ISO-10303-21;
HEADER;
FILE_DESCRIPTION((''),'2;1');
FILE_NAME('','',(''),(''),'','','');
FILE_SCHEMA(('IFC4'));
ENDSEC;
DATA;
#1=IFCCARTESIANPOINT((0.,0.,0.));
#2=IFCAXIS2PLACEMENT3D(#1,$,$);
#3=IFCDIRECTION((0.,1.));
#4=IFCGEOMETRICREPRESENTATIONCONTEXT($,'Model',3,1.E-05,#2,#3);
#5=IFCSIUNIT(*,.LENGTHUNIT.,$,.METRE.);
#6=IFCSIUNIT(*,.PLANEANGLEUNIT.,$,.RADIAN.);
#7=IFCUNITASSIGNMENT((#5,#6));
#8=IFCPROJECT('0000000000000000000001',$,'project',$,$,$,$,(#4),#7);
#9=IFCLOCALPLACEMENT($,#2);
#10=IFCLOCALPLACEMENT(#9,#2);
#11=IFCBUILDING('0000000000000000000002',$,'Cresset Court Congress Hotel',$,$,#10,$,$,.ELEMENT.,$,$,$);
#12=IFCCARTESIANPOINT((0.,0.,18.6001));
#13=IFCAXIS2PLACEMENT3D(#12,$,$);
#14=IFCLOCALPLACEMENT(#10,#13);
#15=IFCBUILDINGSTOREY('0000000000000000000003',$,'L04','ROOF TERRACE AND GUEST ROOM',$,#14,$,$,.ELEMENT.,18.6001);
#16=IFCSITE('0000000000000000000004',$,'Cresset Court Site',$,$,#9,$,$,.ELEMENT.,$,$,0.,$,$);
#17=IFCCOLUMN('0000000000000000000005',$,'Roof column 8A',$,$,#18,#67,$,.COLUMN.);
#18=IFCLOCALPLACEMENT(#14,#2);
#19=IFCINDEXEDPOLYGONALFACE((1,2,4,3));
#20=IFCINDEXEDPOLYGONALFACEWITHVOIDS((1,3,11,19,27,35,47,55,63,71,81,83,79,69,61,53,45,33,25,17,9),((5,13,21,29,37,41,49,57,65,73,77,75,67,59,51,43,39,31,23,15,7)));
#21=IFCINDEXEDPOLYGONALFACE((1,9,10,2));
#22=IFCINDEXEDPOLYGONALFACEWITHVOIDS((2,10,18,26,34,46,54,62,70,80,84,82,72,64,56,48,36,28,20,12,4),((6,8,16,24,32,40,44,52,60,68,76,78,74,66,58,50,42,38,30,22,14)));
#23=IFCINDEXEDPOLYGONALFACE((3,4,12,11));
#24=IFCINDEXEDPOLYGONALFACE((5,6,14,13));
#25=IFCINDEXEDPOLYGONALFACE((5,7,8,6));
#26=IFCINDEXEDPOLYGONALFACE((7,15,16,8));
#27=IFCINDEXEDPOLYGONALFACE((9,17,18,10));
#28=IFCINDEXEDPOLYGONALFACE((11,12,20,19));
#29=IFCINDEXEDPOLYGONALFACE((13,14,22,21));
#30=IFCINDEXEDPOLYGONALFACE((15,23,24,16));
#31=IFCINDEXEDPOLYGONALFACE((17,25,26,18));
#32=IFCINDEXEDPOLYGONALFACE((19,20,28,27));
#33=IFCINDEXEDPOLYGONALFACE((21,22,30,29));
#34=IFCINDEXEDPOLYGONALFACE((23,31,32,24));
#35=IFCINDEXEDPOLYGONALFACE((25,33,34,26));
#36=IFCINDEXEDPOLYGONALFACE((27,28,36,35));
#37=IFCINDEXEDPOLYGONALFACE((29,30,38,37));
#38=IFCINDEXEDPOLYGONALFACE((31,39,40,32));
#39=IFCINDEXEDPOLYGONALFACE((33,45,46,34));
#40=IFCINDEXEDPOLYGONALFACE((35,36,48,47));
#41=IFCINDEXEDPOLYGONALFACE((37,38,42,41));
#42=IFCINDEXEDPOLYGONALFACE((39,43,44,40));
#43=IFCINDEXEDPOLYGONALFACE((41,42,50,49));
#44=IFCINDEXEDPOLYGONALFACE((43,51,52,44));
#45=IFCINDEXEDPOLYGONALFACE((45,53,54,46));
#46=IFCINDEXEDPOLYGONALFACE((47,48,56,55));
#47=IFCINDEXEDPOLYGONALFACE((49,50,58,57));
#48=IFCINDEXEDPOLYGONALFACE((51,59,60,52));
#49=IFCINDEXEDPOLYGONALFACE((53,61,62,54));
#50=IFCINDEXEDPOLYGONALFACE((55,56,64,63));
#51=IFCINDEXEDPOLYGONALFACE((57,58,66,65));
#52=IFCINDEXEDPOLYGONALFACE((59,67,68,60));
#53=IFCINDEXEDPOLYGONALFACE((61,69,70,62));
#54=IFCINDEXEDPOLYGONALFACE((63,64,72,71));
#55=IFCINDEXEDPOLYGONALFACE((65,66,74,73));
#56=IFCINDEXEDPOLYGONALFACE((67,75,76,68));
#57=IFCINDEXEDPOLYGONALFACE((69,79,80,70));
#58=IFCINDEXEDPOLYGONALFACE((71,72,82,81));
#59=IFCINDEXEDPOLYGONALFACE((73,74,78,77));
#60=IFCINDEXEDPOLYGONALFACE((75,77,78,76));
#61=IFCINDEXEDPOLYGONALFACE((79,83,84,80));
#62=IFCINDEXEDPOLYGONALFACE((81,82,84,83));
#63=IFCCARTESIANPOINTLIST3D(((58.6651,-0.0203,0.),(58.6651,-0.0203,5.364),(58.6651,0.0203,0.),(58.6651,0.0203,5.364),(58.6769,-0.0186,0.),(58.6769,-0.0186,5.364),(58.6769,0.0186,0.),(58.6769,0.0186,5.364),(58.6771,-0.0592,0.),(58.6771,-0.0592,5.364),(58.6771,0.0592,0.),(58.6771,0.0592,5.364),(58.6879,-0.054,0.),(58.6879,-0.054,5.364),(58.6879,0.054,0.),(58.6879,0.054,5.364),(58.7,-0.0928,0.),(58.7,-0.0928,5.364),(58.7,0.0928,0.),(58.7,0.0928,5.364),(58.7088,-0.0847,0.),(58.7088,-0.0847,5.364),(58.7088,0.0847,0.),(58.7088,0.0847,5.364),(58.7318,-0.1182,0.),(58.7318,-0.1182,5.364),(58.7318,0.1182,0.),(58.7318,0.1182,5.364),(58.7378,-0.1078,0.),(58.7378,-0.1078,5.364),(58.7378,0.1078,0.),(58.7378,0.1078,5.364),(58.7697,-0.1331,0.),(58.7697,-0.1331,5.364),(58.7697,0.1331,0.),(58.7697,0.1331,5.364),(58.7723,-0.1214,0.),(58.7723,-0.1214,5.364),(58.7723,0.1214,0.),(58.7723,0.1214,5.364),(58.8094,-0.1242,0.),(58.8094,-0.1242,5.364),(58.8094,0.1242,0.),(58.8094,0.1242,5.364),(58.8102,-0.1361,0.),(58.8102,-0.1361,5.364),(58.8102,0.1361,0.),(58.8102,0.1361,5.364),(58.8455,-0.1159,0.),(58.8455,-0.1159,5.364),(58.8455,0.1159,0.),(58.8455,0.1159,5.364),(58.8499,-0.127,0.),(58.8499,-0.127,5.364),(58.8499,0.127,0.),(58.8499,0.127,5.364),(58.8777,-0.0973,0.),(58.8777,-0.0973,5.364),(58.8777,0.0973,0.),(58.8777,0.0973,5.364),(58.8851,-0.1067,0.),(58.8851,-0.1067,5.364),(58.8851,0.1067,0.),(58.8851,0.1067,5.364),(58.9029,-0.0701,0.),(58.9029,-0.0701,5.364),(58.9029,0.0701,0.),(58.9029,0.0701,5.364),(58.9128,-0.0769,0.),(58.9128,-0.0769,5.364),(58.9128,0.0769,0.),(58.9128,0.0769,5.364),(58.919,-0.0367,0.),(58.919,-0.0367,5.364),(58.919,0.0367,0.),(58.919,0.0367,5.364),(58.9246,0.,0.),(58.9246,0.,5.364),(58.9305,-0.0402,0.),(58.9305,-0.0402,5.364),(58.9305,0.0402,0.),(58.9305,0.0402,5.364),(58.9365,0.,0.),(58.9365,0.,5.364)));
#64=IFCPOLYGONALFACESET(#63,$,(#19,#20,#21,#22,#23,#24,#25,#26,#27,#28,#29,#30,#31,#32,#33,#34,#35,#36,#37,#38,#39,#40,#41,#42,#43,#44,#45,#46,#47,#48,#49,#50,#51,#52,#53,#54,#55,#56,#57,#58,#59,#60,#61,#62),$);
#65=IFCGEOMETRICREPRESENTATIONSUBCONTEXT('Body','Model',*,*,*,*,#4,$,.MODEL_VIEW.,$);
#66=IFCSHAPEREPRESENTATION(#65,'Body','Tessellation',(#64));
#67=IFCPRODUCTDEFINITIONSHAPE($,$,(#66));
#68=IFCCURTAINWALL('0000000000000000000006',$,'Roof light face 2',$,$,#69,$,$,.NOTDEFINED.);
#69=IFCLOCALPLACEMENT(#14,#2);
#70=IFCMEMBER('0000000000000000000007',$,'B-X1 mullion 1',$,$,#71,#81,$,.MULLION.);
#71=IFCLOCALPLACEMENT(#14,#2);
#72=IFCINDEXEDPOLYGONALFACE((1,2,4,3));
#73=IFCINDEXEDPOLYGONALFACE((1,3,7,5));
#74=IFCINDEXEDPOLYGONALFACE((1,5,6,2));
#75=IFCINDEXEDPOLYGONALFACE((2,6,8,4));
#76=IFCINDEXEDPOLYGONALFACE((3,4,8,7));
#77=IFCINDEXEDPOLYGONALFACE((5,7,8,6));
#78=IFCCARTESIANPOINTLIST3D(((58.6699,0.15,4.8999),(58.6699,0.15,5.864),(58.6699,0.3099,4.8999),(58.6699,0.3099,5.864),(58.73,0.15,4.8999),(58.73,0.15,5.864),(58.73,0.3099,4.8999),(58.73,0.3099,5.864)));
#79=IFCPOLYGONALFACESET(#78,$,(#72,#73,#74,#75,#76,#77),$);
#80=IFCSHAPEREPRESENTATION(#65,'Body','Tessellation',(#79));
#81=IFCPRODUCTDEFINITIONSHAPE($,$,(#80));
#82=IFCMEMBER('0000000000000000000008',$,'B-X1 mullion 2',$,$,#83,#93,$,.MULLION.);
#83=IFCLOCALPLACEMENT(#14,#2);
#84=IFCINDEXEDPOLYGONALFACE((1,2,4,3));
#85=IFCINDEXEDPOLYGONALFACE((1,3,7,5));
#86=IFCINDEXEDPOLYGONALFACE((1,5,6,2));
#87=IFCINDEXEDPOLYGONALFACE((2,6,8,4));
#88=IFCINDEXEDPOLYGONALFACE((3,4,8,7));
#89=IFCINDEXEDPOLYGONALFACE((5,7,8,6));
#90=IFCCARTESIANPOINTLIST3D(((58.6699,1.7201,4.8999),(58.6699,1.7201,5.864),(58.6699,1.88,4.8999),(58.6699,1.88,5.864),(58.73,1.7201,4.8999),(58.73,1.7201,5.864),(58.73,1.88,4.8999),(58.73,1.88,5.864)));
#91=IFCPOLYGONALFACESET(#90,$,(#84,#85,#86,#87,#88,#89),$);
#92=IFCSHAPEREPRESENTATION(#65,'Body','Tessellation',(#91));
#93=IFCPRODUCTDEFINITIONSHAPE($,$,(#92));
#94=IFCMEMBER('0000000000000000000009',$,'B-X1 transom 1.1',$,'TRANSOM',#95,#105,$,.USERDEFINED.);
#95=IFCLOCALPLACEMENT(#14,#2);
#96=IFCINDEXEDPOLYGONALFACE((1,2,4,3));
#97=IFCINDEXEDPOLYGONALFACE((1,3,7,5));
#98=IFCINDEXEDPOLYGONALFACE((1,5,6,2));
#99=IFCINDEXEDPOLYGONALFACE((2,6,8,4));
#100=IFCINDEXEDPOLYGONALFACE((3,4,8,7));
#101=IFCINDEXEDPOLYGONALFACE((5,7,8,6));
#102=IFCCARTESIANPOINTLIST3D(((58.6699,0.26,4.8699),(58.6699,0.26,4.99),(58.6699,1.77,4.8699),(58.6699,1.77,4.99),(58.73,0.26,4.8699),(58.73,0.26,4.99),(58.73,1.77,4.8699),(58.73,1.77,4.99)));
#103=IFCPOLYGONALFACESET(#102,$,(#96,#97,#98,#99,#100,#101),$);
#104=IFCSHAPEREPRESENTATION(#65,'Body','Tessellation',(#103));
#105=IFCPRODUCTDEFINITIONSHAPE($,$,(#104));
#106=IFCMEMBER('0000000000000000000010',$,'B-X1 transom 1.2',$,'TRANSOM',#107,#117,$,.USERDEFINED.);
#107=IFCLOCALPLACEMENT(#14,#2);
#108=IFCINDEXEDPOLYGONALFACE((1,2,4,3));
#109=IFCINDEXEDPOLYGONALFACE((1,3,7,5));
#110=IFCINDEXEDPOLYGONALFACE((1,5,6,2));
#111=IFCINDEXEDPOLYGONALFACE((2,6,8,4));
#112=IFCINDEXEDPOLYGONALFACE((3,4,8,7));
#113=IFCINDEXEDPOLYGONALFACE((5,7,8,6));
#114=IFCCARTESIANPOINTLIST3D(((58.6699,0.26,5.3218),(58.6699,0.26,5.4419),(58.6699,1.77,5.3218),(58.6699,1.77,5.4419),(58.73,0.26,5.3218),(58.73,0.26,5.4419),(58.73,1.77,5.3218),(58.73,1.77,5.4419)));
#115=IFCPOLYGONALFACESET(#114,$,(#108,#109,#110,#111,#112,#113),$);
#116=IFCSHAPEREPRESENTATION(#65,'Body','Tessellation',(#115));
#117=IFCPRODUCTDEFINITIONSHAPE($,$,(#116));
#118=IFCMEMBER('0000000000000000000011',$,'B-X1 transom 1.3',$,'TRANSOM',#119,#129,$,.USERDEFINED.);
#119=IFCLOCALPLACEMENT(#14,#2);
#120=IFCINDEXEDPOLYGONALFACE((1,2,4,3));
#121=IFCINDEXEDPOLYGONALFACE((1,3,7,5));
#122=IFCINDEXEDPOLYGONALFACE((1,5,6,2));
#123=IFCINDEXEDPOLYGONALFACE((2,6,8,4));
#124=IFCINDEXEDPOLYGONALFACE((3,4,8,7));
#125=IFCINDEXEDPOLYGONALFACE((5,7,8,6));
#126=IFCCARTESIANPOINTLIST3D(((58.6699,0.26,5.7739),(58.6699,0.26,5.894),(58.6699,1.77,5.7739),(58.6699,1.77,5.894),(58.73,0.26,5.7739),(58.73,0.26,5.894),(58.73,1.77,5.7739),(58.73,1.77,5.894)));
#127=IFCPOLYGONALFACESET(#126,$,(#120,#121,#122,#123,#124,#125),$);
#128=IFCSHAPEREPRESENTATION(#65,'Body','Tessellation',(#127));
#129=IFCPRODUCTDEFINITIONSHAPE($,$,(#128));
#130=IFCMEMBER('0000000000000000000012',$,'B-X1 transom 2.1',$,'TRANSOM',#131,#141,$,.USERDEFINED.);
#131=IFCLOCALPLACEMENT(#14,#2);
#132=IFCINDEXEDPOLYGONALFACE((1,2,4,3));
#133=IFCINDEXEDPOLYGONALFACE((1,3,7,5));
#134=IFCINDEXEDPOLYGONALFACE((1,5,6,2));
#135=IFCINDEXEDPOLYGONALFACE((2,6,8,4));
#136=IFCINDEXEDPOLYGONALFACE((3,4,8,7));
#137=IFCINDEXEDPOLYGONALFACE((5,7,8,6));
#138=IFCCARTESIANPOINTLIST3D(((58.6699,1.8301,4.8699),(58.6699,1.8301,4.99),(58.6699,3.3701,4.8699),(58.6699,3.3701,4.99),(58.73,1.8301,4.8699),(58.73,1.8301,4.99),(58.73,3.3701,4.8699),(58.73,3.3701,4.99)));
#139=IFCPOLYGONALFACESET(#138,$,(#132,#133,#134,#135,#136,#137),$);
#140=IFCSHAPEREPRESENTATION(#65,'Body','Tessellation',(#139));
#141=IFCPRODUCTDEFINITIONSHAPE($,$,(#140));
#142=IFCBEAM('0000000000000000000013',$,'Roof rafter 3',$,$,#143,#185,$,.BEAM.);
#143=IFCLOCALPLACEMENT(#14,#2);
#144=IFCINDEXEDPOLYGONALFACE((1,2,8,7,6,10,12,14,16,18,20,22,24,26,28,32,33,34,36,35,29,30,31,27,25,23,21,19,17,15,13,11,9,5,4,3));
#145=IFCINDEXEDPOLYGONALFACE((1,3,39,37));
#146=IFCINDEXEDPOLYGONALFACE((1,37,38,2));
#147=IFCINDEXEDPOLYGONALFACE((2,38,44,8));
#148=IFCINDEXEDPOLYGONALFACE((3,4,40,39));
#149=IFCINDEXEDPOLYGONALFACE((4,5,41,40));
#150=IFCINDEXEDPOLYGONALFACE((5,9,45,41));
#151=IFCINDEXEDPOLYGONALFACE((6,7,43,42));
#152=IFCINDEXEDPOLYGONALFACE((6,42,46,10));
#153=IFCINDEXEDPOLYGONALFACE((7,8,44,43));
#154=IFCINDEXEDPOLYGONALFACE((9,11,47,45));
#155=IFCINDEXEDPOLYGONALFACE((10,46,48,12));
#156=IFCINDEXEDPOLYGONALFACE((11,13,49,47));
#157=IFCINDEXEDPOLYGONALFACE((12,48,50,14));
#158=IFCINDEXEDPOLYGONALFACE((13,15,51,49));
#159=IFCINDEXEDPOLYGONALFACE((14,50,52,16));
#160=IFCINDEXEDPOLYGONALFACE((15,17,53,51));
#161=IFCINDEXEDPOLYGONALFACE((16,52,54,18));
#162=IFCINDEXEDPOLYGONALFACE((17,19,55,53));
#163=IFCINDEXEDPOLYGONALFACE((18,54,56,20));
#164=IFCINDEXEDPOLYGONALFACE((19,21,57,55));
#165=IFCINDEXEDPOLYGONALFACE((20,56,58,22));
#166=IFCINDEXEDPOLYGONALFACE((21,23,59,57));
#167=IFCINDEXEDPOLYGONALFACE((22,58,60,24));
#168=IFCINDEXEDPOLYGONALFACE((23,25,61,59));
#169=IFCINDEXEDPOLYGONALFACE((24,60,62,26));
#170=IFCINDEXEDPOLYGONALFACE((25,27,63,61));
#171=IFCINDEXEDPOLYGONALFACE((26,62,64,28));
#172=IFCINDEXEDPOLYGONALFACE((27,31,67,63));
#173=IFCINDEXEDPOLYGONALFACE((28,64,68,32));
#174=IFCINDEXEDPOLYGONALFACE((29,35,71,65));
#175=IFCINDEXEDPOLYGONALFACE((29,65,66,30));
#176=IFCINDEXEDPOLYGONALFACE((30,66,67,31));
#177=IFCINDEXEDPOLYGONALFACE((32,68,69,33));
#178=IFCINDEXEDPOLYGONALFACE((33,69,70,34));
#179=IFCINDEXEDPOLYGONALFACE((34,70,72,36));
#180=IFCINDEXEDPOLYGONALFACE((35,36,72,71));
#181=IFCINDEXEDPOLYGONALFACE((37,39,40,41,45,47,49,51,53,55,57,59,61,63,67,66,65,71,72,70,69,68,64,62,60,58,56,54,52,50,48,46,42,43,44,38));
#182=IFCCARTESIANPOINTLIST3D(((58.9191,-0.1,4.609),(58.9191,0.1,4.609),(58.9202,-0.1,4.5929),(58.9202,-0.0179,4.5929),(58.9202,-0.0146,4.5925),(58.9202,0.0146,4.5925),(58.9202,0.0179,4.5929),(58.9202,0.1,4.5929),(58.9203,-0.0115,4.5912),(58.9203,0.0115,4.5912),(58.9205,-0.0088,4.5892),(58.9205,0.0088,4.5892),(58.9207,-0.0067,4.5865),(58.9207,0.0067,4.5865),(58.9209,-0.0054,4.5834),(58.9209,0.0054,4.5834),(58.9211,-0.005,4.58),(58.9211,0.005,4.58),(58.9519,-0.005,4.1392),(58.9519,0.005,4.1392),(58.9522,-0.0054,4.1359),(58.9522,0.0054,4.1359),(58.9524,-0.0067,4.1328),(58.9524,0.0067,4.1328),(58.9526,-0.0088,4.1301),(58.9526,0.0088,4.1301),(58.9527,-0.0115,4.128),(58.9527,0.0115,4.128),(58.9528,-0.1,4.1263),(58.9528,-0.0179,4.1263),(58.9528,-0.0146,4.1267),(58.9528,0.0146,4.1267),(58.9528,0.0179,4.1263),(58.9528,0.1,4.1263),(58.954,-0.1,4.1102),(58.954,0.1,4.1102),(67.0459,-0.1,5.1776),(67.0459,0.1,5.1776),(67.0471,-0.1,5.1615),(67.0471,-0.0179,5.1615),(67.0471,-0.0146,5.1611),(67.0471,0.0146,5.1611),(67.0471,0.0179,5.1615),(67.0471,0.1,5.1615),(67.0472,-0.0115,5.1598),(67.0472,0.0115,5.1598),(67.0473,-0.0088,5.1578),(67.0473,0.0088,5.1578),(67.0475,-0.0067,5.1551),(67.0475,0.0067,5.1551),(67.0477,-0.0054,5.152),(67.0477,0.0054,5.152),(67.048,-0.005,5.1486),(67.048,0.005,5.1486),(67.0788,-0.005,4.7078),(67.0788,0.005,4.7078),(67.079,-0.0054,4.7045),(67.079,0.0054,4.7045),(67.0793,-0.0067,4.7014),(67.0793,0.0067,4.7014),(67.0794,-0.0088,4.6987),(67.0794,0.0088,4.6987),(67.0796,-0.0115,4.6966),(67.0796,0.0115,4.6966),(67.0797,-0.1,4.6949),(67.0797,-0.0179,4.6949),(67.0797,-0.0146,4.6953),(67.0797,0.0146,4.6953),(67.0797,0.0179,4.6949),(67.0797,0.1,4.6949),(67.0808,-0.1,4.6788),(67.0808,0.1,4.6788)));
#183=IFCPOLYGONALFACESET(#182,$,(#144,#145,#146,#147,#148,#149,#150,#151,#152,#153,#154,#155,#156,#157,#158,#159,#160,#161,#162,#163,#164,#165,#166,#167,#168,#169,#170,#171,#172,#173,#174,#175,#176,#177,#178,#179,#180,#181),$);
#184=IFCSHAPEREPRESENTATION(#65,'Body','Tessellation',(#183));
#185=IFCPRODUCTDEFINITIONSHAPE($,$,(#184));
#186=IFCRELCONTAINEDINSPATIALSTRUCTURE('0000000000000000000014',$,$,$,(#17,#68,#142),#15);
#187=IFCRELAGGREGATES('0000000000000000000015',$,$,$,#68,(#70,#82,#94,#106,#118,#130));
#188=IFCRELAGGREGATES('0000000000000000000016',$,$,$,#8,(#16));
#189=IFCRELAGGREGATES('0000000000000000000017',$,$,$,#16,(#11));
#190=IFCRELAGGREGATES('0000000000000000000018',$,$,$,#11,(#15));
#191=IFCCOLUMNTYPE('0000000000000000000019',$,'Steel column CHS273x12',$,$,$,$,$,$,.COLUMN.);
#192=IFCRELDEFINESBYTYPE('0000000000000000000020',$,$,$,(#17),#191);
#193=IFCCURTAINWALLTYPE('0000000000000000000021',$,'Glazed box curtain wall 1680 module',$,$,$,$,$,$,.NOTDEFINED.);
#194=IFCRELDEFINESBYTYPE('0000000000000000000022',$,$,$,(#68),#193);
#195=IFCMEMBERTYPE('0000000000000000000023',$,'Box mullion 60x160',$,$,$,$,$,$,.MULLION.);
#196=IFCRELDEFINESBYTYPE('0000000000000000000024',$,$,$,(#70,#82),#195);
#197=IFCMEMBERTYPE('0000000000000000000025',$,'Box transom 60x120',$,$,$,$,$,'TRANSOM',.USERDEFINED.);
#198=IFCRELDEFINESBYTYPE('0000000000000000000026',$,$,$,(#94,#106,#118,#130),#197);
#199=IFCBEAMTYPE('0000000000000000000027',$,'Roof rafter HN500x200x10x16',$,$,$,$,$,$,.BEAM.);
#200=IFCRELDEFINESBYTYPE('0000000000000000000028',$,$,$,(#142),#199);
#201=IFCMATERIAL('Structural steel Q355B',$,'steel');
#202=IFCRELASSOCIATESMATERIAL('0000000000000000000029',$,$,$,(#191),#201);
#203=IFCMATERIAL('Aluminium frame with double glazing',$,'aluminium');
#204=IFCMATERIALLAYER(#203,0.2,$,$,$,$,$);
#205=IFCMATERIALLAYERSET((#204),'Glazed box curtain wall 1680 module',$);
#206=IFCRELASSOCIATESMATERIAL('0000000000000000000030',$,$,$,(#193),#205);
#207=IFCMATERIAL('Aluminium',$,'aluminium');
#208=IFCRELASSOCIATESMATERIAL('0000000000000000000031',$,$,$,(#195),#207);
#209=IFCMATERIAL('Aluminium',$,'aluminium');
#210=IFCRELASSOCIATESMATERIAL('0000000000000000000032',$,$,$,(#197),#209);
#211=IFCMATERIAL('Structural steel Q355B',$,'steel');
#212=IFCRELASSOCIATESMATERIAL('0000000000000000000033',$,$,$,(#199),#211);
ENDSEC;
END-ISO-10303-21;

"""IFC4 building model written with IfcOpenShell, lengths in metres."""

from ifc_helpers import new_model, si_unit, direction, frame, origin, origin_2d, place, context, subcontext, project, spatial, rectangle, hollow_circle, i_section, extrude, material, layer, layer_set, material_profile, profile_set, type_object, element, aggregate, save


model = new_model("IFC4")

# Units and contexts
model_context = context("Model", 3, precision=1e-05, world=origin(), true_north=direction((0.0, 1.0)))
body_context = subcontext(model_context, "Body", "Model", "MODEL_VIEW")
ifc_project = project(units=[si_unit("LENGTHUNIT", "METRE"), si_unit("PLANEANGLEUNIT", "RADIAN")], contexts=[model_context])

# Site, building, storey
site_placement = place(None, origin())
site = spatial("IfcSite", under=ifc_project, at=site_placement, Name="Cresset Court Site", CompositionType="ELEMENT", RefElevation=0.0)
building_placement = place(site_placement, origin())
building = spatial("IfcBuilding", under=site, at=building_placement, Name="Cresset Court Congress Hotel", CompositionType="ELEMENT")
storey_placement = place(building_placement, frame((0.0, 0.0, 18.6001)))
storey = spatial("IfcBuildingStorey", under=building, at=storey_placement, Name="L04", Description="ROOF TERRACE AND GUEST ROOM", CompositionType="ELEMENT", Elevation=18.6001)

# Column
ifc_material_1 = material(Name="Structural steel Q355B", Category="steel")
ifc_material_profile_1 = material_profile(ifc_material_1, hollow_circle(Radius=0.1365, WallThickness=0.012, at=origin_2d()), Name="CHS273x12")
ifc_profile_set_1 = profile_set([ifc_material_profile_1], Name="Structural steel Q355B")
column_type = type_object("IfcColumnType", Name="Steel column CHS273x12", PredefinedType="COLUMN", material=ifc_profile_set_1)
column_placement = place(storey_placement, frame((58.8, 0.0, 0.0), z_axis=(0.0, 0.0, 1.0), x_axis=(1.0, 0.0, 0.0)))
element("IfcColumn", 1, at=column_placement, inside=storey, type_object=column_type, Name="Roof column 8A", PredefinedType="COLUMN", context=body_context, shape_type="SweptSolid", body=[
    extrude(hollow_circle(Radius=0.1365, WallThickness=0.012, at=origin_2d()), origin(), (0.0, 0.0, 1.0), 5.364),
])

# Curtain wall, members
ifc_material_2 = material(Name="Aluminium frame with double glazing", Category="aluminium")
ifc_layer_1 = layer(ifc_material_2, 0.2)
ifc_layer_set_1 = layer_set([ifc_layer_1], Name="Glazed box curtain wall 1680 module")
curtain_wall_type = type_object("IfcCurtainWallType", Name="Glazed box curtain wall 1680 module", PredefinedType="NOTDEFINED", material=ifc_layer_set_1)
curtain_wall_placement = place(storey_placement, origin())
curtain_wall = element("IfcCurtainWall", 2, at=curtain_wall_placement, inside=storey, type_object=curtain_wall_type, Name="Roof light face 2", PredefinedType="NOTDEFINED")
ifc_material_3 = material(Name="Aluminium", Category="aluminium")
ifc_material_profile_2 = material_profile(ifc_material_3, rectangle(XDim=0.0601, YDim=0.1599, at=origin_2d()), Name="Box mullion 60x160")
ifc_profile_set_2 = profile_set([ifc_material_profile_2], Name="Aluminium")
member_type_1 = type_object("IfcMemberType", Name="Box mullion 60x160", PredefinedType="MULLION", material=ifc_profile_set_2)
member_1_placement = place(storey_placement, frame((58.7, 0.23, 4.8999), z_axis=(0.0, 0.0, 1.0), x_axis=(-1.0, 0.0, 0.0)))
member_1 = element("IfcMember", 3, at=member_1_placement, type_object=member_type_1, Name="B-X1 mullion 1", PredefinedType="MULLION", context=body_context, shape_type="SweptSolid", body=[
    extrude(rectangle(XDim=0.0601, YDim=0.1599, at=origin_2d()), origin(), (0.0, 0.0, 1.0), 0.9641),
])
member_2_placement = place(storey_placement, frame((58.7, 1.8, 4.8999), z_axis=(0.0, 0.0, 1.0), x_axis=(-1.0, 0.0, 0.0)))
member_2 = element("IfcMember", 4, at=member_2_placement, type_object=member_type_1, Name="B-X1 mullion 2", PredefinedType="MULLION", context=body_context, shape_type="SweptSolid", body=[
    extrude(rectangle(XDim=0.0601, YDim=0.1599, at=origin_2d()), origin(), (0.0, 0.0, 1.0), 0.9641),
])
ifc_material_4 = material(Name="Aluminium", Category="aluminium")
ifc_material_profile_3 = material_profile(ifc_material_4, rectangle(XDim=0.0601, YDim=0.1201, at=origin_2d()), Name="Box transom 60x120")
ifc_profile_set_3 = profile_set([ifc_material_profile_3], Name="Aluminium")
member_type_2 = type_object("IfcMemberType", Name="Box transom 60x120", ElementType="TRANSOM", PredefinedType="USERDEFINED", material=ifc_profile_set_3)
member_3_placement = place(storey_placement, frame((58.7, 0.26, 4.9299), z_axis=(0.0, 1.0, 0.0), x_axis=(-1.0, 0.0, 0.0)))
member_3 = element("IfcMember", 5, at=member_3_placement, type_object=member_type_2, Name="B-X1 transom 1.1", ObjectType="TRANSOM", PredefinedType="USERDEFINED", context=body_context, shape_type="SweptSolid", body=[
    extrude(rectangle(XDim=0.0601, YDim=0.1201, at=origin_2d()), origin(), (0.0, 0.0, 1.0), 1.51),
])
member_4_placement = place(storey_placement, frame((58.7, 0.26, 5.3818), z_axis=(0.0, 1.0, 0.0), x_axis=(-1.0, 0.0, 0.0)))
member_4 = element("IfcMember", 6, at=member_4_placement, type_object=member_type_2, Name="B-X1 transom 1.2", ObjectType="TRANSOM", PredefinedType="USERDEFINED", context=body_context, shape_type="SweptSolid", body=[
    extrude(rectangle(XDim=0.0601, YDim=0.1201, at=origin_2d()), origin(), (0.0, 0.0, 1.0), 1.51),
])
member_5_placement = place(storey_placement, frame((58.7, 0.26, 5.834), z_axis=(0.0, 1.0, 0.0), x_axis=(-1.0, 0.0, 0.0)))
member_5 = element("IfcMember", 7, at=member_5_placement, type_object=member_type_2, Name="B-X1 transom 1.3", ObjectType="TRANSOM", PredefinedType="USERDEFINED", context=body_context, shape_type="SweptSolid", body=[
    extrude(rectangle(XDim=0.0601, YDim=0.1201, at=origin_2d()), origin(), (0.0, 0.0, 1.0), 1.51),
])
member_6_placement = place(storey_placement, frame((58.7, 1.8301, 4.9299), z_axis=(0.0, 1.0, 0.0), x_axis=(-1.0, 0.0, 0.0)))
member_6 = element("IfcMember", 8, at=member_6_placement, type_object=member_type_2, Name="B-X1 transom 2.1", ObjectType="TRANSOM", PredefinedType="USERDEFINED", context=body_context, shape_type="SweptSolid", body=[
    extrude(rectangle(XDim=0.0601, YDim=0.1201, at=origin_2d()), origin(), (0.0, 0.0, 1.0), 1.54),
])

# Beam
ifc_material_5 = material(Name="Structural steel Q355B", Category="steel")
ifc_material_profile_4 = material_profile(ifc_material_5, i_section(OverallWidth=0.2, OverallDepth=0.5, WebThickness=0.01, FlangeThickness=0.0161, FilletRadius=0.0129, at=origin_2d()), Name="HN500x200x10x16")
ifc_profile_set_4 = profile_set([ifc_material_profile_4], Name="Structural steel Q355B")
beam_type_1 = type_object("IfcBeamType", Name="Roof rafter HN500x200x10x16", PredefinedType="BEAM", material=ifc_profile_set_4)
beam_1_placement = place(storey_placement, frame((58.9365, 0.0, 4.3596), z_axis=(0.997561, 0.0, 0.069795), x_axis=(0.0, 1.0, 0.0)))
element("IfcBeam", 9, at=beam_1_placement, inside=storey, type_object=beam_type_1, Name="Roof rafter 3", PredefinedType="BEAM", context=body_context, shape_type="SweptSolid", body=[
    extrude(i_section(OverallWidth=0.2, OverallDepth=0.5, WebThickness=0.01, FlangeThickness=0.0161, FilletRadius=0.0129, at=origin_2d()), origin(), (0.0, 0.0, 1.0), 8.1467),
])

aggregate(curtain_wall, [member_1, member_2, member_3, member_4, member_5, member_6])

save(model, "model.ifc")
